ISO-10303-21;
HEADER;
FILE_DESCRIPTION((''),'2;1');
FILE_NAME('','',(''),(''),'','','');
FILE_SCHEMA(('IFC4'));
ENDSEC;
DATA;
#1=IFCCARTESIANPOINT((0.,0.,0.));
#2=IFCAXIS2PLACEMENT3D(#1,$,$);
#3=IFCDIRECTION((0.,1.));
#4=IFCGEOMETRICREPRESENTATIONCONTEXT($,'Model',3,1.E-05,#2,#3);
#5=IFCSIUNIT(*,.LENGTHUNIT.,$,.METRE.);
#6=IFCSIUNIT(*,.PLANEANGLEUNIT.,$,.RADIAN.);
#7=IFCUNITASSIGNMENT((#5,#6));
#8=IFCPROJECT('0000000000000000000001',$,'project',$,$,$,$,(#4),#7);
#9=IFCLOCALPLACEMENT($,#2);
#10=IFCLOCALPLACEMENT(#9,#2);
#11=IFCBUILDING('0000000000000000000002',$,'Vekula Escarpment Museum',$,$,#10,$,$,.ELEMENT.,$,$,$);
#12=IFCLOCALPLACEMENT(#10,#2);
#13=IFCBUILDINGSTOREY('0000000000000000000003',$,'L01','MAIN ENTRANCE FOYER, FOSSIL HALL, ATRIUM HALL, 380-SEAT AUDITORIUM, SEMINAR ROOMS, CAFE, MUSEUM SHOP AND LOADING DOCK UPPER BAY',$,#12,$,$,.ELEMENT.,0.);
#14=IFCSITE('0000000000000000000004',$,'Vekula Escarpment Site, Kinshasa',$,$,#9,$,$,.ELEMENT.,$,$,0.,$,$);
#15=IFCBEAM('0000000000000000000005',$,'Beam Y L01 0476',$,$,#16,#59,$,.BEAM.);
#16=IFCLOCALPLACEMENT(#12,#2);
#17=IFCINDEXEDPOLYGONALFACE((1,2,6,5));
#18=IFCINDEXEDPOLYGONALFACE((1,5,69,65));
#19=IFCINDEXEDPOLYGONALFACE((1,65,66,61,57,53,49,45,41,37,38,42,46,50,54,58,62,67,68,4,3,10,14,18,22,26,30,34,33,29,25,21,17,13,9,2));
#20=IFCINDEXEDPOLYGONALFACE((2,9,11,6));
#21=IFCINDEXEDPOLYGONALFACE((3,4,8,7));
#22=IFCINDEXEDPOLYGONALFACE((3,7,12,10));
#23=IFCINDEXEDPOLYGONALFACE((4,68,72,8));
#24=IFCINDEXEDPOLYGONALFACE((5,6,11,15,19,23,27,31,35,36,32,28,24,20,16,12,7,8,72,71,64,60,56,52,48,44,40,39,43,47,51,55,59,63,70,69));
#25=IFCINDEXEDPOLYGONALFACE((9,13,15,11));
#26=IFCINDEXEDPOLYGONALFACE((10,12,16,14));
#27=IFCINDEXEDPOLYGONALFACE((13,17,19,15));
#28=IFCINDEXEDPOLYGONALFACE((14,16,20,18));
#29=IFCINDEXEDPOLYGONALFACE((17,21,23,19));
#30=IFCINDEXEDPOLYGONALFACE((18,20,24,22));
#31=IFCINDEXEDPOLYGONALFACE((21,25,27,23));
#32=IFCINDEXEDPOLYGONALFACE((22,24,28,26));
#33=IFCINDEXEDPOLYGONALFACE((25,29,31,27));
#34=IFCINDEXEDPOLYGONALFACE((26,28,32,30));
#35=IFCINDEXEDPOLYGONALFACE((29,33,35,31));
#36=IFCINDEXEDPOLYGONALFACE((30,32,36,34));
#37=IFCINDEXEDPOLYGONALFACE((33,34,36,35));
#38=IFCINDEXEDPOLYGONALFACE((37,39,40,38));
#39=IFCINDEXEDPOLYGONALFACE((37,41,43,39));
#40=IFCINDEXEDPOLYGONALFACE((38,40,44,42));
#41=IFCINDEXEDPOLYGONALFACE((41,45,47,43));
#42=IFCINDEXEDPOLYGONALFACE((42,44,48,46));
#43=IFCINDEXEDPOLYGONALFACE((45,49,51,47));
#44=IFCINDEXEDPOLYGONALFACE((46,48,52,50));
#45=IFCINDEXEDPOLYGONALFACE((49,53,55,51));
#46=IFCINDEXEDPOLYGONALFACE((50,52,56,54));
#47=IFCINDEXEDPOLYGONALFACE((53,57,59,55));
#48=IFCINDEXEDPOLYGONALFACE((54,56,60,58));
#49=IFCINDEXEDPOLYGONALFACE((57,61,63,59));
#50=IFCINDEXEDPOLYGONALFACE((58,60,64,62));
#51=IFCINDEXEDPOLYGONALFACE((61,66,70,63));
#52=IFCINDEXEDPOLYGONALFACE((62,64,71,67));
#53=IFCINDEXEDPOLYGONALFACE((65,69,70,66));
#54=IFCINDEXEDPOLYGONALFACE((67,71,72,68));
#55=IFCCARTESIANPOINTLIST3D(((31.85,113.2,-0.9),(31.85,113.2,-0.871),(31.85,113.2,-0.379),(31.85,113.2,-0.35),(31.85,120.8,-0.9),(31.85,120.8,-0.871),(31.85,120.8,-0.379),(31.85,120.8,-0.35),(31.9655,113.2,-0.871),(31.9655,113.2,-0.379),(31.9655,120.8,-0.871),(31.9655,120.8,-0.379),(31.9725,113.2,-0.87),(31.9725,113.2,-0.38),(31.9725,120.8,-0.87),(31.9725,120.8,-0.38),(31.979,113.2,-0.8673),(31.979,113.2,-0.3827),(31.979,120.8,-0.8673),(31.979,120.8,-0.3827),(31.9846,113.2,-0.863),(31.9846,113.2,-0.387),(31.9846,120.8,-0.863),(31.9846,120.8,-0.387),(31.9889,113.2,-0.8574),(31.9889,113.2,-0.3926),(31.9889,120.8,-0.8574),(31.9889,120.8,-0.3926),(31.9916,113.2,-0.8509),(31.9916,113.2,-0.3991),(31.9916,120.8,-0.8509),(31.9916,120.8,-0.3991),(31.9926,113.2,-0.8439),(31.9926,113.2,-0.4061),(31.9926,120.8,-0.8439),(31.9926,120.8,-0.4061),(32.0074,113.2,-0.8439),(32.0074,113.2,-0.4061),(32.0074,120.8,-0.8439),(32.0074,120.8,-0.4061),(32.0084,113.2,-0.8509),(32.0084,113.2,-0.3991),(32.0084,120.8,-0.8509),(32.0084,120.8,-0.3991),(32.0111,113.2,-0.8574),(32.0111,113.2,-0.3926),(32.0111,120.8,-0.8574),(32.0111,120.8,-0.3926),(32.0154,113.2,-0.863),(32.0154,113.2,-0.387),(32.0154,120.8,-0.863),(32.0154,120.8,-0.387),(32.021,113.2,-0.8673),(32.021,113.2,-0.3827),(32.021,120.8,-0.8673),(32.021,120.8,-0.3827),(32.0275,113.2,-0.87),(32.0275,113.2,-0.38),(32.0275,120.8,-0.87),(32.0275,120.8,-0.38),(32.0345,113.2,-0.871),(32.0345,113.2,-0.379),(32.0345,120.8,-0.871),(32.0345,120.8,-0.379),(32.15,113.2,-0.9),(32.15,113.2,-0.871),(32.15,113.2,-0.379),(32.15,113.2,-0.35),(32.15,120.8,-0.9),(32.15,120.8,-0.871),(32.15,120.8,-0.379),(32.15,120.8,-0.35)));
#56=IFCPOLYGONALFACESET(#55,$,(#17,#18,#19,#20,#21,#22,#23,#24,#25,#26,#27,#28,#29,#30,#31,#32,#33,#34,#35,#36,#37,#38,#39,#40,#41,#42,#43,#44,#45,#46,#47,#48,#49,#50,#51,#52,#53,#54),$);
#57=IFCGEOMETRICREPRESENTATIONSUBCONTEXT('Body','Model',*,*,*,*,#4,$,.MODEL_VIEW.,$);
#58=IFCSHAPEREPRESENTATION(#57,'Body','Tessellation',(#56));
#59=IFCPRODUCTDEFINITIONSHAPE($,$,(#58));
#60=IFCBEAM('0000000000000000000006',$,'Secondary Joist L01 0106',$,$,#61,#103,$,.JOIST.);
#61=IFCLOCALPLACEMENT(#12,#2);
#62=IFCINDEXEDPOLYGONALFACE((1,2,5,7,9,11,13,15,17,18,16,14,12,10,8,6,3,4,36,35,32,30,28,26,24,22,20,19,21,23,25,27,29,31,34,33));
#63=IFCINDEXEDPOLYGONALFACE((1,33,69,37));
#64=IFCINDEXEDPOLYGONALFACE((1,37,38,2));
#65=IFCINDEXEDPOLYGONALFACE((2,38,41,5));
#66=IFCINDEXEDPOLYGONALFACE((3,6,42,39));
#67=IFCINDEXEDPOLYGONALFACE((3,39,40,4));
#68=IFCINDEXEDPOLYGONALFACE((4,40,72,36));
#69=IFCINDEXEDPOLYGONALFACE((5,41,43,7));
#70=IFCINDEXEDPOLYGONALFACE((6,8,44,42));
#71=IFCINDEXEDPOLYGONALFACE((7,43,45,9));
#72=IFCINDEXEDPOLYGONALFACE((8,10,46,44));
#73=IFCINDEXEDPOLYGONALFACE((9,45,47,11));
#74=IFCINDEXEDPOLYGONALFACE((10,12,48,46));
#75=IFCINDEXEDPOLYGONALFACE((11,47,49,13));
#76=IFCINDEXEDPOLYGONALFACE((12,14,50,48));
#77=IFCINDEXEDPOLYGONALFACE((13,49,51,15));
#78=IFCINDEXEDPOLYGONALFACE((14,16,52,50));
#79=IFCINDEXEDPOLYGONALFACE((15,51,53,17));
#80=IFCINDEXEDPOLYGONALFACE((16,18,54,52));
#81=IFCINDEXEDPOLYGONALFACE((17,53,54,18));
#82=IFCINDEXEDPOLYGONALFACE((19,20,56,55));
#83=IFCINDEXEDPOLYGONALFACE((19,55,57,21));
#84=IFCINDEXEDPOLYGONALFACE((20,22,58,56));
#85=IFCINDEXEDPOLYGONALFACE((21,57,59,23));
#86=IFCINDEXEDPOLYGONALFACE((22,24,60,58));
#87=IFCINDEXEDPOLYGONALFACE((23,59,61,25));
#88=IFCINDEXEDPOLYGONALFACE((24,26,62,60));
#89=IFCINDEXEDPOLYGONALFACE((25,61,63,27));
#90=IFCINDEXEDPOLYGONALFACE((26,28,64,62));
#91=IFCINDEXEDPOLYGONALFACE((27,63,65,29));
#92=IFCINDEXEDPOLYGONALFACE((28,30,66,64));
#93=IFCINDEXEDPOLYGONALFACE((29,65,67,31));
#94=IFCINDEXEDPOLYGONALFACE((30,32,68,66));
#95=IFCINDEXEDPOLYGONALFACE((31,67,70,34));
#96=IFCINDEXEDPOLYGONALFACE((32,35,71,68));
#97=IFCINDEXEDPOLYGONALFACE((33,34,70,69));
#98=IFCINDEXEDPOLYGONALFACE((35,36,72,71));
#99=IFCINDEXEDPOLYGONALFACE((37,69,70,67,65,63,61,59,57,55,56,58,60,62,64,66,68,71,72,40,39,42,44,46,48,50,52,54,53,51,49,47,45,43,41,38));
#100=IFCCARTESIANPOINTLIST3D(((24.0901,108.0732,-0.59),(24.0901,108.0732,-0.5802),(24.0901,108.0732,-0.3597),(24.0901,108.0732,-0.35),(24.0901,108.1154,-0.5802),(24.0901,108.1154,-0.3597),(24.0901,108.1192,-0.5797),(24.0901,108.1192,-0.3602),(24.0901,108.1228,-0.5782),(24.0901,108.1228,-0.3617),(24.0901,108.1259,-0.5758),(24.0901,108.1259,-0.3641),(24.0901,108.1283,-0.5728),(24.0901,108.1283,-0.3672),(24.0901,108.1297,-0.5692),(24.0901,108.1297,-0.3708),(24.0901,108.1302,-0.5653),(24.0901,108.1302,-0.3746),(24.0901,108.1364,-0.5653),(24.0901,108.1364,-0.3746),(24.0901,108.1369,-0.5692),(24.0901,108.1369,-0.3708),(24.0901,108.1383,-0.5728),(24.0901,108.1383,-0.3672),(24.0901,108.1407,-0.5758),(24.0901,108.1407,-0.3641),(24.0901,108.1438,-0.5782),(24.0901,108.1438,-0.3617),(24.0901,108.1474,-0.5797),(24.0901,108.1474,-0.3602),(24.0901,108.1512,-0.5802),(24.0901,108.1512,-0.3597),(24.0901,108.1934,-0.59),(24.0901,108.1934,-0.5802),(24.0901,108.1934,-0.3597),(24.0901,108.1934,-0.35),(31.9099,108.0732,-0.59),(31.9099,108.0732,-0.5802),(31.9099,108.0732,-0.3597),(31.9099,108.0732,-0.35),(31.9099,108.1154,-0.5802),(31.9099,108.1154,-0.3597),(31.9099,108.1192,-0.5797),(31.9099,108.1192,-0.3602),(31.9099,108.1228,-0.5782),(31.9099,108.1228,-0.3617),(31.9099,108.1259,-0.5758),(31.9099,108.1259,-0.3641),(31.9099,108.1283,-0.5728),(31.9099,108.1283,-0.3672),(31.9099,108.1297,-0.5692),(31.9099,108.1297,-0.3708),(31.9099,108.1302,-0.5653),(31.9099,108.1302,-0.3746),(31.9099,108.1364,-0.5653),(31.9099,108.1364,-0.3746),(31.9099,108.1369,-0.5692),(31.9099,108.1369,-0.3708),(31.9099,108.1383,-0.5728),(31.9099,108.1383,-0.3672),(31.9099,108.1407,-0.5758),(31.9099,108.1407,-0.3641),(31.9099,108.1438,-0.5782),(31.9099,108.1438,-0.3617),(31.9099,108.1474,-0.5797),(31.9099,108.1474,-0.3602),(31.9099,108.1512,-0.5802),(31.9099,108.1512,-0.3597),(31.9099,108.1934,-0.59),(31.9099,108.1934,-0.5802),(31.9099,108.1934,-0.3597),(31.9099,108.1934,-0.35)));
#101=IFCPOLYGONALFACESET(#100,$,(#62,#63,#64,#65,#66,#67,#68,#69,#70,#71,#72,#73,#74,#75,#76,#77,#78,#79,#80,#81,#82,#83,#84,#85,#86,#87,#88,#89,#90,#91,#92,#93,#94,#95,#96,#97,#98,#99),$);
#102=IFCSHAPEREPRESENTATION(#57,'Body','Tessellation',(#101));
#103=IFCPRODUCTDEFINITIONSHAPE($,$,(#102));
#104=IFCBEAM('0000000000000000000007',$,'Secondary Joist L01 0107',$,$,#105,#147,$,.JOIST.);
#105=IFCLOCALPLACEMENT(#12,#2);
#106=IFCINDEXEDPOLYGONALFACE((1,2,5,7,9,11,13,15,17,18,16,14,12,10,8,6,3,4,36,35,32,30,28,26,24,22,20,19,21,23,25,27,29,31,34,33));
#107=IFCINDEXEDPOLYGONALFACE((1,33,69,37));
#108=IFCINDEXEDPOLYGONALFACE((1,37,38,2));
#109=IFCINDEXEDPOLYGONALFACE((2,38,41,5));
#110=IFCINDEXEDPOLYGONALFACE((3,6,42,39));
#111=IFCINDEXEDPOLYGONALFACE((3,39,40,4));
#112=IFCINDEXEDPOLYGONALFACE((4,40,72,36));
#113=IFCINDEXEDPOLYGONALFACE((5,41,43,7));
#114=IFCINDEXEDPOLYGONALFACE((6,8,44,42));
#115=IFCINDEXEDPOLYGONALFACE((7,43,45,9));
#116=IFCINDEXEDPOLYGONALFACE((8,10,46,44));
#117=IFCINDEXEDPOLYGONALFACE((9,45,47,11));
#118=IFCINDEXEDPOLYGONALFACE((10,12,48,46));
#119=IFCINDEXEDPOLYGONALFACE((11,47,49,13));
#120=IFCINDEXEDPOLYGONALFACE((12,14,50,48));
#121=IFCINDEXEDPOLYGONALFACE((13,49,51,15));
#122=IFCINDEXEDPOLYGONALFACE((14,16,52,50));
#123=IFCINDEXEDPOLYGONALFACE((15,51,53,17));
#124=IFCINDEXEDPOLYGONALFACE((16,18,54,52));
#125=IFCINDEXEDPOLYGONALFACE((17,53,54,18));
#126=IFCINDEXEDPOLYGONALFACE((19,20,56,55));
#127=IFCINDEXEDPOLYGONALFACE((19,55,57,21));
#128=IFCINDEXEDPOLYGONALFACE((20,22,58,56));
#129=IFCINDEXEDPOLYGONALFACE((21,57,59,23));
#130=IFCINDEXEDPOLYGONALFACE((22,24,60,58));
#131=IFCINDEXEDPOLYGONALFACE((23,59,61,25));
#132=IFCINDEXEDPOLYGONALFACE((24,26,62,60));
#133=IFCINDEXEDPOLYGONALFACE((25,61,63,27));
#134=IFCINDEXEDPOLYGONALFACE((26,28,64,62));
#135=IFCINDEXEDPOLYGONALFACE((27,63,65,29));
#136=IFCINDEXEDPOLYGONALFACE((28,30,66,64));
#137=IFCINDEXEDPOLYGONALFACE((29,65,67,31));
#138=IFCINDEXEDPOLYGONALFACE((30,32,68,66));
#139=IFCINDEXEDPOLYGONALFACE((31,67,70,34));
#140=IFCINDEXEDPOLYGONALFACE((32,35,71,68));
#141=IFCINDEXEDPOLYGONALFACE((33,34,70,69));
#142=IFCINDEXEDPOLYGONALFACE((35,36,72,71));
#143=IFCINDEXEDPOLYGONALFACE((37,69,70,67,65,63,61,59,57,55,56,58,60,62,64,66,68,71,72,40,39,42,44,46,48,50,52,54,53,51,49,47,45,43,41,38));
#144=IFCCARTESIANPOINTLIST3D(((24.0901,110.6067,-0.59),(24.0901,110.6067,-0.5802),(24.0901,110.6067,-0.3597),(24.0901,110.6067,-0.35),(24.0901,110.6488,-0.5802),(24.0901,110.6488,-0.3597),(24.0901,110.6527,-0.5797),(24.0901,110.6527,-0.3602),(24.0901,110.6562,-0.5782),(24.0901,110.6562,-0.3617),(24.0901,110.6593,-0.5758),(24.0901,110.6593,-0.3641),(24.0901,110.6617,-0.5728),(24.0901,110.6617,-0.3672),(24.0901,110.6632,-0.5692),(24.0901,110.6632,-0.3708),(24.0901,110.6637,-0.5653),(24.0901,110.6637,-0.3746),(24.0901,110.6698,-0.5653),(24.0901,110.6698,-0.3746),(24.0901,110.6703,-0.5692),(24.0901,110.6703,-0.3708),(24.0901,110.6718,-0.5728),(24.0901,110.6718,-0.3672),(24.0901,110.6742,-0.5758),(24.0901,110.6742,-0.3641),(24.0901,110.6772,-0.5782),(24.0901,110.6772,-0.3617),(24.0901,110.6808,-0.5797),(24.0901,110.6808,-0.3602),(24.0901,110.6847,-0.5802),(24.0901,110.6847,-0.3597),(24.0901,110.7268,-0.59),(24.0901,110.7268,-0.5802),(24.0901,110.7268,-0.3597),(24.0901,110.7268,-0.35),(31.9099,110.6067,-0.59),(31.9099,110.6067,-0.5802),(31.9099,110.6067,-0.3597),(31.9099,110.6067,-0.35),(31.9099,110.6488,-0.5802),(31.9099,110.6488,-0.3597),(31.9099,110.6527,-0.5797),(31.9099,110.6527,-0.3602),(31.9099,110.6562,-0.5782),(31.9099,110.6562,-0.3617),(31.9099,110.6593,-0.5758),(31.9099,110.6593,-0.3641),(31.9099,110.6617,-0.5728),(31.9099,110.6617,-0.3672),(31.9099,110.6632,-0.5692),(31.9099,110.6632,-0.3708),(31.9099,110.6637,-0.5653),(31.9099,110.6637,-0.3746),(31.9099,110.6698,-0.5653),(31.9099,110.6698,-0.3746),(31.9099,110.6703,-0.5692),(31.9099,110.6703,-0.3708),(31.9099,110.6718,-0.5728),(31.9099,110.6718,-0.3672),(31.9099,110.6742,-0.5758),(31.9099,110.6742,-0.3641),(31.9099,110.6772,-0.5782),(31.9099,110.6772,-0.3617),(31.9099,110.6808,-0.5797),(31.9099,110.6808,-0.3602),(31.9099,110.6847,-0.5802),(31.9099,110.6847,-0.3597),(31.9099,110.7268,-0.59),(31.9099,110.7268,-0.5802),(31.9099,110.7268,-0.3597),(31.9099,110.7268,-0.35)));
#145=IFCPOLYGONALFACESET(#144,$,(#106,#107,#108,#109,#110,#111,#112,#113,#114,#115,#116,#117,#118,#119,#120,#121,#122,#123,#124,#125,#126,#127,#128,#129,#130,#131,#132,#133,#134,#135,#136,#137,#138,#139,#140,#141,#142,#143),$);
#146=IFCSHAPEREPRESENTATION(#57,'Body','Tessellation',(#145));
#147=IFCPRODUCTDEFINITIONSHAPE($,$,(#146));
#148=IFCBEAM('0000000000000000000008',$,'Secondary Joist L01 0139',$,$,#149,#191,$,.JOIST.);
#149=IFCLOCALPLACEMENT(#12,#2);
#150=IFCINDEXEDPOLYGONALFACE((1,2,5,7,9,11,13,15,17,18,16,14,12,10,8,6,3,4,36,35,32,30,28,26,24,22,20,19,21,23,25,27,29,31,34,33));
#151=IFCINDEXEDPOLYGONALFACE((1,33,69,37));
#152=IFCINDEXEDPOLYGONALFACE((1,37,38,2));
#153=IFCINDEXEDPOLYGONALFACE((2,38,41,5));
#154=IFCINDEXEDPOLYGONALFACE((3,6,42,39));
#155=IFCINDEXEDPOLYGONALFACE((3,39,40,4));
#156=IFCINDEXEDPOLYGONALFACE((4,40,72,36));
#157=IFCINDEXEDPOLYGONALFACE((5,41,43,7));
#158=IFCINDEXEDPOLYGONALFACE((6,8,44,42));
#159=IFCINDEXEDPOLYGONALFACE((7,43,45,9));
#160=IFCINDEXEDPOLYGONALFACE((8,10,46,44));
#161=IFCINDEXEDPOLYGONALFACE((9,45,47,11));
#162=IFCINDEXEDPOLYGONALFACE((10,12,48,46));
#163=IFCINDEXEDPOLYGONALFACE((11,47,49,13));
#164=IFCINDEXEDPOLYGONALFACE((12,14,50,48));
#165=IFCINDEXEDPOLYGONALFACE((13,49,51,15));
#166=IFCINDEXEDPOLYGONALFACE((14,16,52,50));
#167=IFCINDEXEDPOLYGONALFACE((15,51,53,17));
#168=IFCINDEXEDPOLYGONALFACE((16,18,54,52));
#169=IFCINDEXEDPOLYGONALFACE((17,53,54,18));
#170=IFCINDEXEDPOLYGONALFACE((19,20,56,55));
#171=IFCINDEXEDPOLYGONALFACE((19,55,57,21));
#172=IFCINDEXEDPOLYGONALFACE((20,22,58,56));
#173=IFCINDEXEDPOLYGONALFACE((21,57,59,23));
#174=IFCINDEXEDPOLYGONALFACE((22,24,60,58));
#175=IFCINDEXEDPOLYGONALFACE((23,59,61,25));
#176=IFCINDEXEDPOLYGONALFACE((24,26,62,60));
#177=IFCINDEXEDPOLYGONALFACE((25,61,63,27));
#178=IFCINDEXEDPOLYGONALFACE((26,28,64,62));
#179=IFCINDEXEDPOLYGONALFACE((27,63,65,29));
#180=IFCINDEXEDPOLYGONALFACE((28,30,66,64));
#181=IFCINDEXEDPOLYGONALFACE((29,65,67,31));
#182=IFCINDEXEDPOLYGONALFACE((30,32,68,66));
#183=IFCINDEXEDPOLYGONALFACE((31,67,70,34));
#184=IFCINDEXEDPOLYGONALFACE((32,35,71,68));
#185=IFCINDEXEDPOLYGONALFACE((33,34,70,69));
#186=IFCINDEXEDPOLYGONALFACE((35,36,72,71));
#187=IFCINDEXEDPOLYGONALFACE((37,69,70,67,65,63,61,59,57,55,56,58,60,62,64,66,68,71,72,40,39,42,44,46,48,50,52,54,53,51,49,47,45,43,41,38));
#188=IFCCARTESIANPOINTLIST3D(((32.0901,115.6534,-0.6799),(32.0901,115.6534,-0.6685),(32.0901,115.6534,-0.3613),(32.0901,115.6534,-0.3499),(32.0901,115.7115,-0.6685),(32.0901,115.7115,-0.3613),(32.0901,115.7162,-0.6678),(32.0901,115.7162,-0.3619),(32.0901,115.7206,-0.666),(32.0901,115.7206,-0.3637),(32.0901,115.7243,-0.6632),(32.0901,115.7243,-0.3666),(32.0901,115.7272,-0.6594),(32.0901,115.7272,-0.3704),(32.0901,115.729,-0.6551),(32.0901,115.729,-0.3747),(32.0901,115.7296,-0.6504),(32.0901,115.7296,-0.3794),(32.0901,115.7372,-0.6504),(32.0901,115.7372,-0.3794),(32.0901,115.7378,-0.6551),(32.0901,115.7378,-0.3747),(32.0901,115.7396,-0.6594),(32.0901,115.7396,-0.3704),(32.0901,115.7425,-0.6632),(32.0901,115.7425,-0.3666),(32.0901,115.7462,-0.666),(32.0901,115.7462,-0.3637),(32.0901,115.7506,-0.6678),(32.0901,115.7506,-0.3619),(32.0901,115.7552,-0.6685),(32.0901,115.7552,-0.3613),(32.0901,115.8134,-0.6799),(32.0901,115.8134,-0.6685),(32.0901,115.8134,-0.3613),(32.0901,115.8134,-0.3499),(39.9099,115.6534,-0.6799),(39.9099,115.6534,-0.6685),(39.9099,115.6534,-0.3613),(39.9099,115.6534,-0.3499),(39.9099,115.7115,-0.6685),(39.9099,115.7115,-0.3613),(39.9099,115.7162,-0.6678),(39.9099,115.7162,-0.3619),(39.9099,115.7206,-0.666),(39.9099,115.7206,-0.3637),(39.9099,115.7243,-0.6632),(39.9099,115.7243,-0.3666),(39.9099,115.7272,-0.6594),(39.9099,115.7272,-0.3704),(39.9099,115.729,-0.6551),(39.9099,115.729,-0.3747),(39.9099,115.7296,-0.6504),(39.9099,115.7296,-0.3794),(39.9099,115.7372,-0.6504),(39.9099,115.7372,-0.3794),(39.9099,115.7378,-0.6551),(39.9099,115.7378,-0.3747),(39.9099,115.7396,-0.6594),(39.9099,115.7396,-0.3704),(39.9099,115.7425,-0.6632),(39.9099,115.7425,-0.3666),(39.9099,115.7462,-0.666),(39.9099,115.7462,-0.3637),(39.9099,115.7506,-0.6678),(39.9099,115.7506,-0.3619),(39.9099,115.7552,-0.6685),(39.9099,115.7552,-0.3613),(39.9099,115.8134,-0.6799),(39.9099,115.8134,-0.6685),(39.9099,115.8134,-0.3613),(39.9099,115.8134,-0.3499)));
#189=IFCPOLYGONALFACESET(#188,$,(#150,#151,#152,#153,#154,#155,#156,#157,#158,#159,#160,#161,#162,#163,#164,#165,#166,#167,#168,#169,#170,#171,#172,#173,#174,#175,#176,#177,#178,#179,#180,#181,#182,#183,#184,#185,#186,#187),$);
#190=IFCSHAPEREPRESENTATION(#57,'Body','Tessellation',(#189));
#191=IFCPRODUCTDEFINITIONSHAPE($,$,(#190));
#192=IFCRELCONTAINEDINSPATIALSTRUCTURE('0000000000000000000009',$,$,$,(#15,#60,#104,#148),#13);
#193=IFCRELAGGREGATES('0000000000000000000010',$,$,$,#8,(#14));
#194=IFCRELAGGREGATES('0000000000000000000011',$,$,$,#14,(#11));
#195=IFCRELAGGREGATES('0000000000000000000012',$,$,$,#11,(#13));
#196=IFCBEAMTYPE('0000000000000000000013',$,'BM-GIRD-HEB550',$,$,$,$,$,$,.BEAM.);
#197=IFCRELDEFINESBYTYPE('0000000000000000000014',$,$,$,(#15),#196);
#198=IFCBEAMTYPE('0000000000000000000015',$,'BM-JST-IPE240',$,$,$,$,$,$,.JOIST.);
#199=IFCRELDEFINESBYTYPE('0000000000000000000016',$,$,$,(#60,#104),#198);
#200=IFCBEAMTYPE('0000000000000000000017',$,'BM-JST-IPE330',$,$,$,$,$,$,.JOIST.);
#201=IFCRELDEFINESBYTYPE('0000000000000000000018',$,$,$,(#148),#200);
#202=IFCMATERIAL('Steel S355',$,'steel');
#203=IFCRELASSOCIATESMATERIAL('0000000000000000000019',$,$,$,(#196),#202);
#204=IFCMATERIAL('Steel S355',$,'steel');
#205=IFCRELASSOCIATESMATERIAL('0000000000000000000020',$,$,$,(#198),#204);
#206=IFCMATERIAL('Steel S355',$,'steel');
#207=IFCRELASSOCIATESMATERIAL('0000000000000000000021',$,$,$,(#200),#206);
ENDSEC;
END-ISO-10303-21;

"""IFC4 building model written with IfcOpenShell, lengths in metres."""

from ifc_helpers import new_model, si_unit, direction, frame, origin, origin_2d, place, context, subcontext, project, spatial, i_section, extrude, material, material_profile, profile_set, type_object, element, save


model = new_model("IFC4")

# Units and contexts
model_context = context("Model", 3, precision=1e-05, world=origin(), true_north=direction((0.0, 1.0)))
body_context = subcontext(model_context, "Body", "Model", "MODEL_VIEW")
ifc_project = project(units=[si_unit("LENGTHUNIT", "METRE"), si_unit("PLANEANGLEUNIT", "RADIAN")], contexts=[model_context])

# Site, building, storey
site_placement = place(None, origin())
site = spatial("IfcSite", under=ifc_project, at=site_placement, Name="Vekula Escarpment Site, Kinshasa", CompositionType="ELEMENT", RefElevation=0.0)
building_placement = place(site_placement, origin())
building = spatial("IfcBuilding", under=site, at=building_placement, Name="Vekula Escarpment Museum", CompositionType="ELEMENT")
storey_placement = place(building_placement, origin())
storey = spatial("IfcBuildingStorey", under=building, at=storey_placement, Name="L01", Description="MAIN ENTRANCE FOYER, FOSSIL HALL, ATRIUM HALL, 380-SEAT AUDITORIUM, SEMINAR ROOMS, CAFE, MUSEUM SHOP AND LOADING DOCK UPPER BAY", CompositionType="ELEMENT", Elevation=0.0)

# Beams
ifc_material_1 = material(Name="Steel S355", Category="steel")
ifc_material_profile_1 = material_profile(ifc_material_1, i_section(OverallWidth=0.3, OverallDepth=0.55, WebThickness=0.0149, FlangeThickness=0.0291, FilletRadius=0.0271, at=origin_2d()), Name="HEB 550")
ifc_profile_set_1 = profile_set([ifc_material_profile_1], Name="Steel S355")
beam_type_1 = type_object("IfcBeamType", Name="BM-GIRD-HEB550", PredefinedType="BEAM", material=ifc_profile_set_1)
beam_1_placement = place(storey_placement, frame((32.0, 113.2, -0.625), z_axis=(0.0, 1.0, 0.0), x_axis=(-1.0, 0.0, 0.0)))
element("IfcBeam", 1, at=beam_1_placement, inside=storey, type_object=beam_type_1, Name="Beam Y L01 0476", PredefinedType="BEAM", context=body_context, shape_type="SweptSolid", body=[
    extrude(i_section(OverallWidth=0.3, OverallDepth=0.55, WebThickness=0.0149, FlangeThickness=0.0291, FilletRadius=0.0271, at=origin_2d()), origin(), (0.0, 0.0, 1.0), 7.6001),
])
ifc_material_2 = material(Name="Steel S355", Category="steel")
ifc_material_profile_2 = material_profile(ifc_material_2, i_section(OverallWidth=0.1201, OverallDepth=0.24, WebThickness=0.0061, FlangeThickness=0.0098, FilletRadius=0.0149, at=origin_2d()), Name="IPE 240")
ifc_profile_set_2 = profile_set([ifc_material_profile_2], Name="Steel S355")
beam_type_2 = type_object("IfcBeamType", Name="BM-JST-IPE240", PredefinedType="JOIST", material=ifc_profile_set_2)
for number, where, z_axis, x_axis, name in (
    (2, (24.0901, 108.1333, -0.47), (1.0, 0.0, 0.0), (0.0, 1.0, 0.0), "Secondary Joist L01 0106"),
    (3, (24.0901, 110.6667, -0.47), (1.0, 0.0, 0.0), (0.0, 1.0, 0.0), "Secondary Joist L01 0107"),
):
    element("IfcBeam", number, at=place(storey_placement, frame(where, z_axis=z_axis, x_axis=x_axis)), inside=storey, type_object=beam_type_2, Name=name, PredefinedType="JOIST", context=body_context, shape_type="SweptSolid", body=[
        extrude(i_section(OverallWidth=0.1201, OverallDepth=0.24, WebThickness=0.0061, FlangeThickness=0.0098, FilletRadius=0.0149, at=origin_2d()), origin(), (0.0, 0.0, 1.0), 7.8198),
    ])
ifc_material_3 = material(Name="Steel S355", Category="steel")
ifc_material_profile_3 = material_profile(ifc_material_3, i_section(OverallWidth=0.1599, OverallDepth=0.3301, WebThickness=0.0076, FlangeThickness=0.0115, FilletRadius=0.0181, at=origin_2d()), Name="IPE 330")
ifc_profile_set_3 = profile_set([ifc_material_profile_3], Name="Steel S355")
beam_type_3 = type_object("IfcBeamType", Name="BM-JST-IPE330", PredefinedType="JOIST", material=ifc_profile_set_3)
for number, where, z_axis, x_axis, name in (
    (4, (32.0901, 115.7334, -0.5149), (1.0, 0.0, 0.0), (0.0, 1.0, 0.0), "Secondary Joist L01 0139"),
):
    element("IfcBeam", number, at=place(storey_placement, frame(where, z_axis=z_axis, x_axis=x_axis)), inside=storey, type_object=beam_type_3, Name=name, PredefinedType="JOIST", context=body_context, shape_type="SweptSolid", body=[
        extrude(i_section(OverallWidth=0.1599, OverallDepth=0.3301, WebThickness=0.0076, FlangeThickness=0.0115, FilletRadius=0.0181, at=origin_2d()), origin(), (0.0, 0.0, 1.0), 7.8198),
    ])

save(model, "model.ifc")
